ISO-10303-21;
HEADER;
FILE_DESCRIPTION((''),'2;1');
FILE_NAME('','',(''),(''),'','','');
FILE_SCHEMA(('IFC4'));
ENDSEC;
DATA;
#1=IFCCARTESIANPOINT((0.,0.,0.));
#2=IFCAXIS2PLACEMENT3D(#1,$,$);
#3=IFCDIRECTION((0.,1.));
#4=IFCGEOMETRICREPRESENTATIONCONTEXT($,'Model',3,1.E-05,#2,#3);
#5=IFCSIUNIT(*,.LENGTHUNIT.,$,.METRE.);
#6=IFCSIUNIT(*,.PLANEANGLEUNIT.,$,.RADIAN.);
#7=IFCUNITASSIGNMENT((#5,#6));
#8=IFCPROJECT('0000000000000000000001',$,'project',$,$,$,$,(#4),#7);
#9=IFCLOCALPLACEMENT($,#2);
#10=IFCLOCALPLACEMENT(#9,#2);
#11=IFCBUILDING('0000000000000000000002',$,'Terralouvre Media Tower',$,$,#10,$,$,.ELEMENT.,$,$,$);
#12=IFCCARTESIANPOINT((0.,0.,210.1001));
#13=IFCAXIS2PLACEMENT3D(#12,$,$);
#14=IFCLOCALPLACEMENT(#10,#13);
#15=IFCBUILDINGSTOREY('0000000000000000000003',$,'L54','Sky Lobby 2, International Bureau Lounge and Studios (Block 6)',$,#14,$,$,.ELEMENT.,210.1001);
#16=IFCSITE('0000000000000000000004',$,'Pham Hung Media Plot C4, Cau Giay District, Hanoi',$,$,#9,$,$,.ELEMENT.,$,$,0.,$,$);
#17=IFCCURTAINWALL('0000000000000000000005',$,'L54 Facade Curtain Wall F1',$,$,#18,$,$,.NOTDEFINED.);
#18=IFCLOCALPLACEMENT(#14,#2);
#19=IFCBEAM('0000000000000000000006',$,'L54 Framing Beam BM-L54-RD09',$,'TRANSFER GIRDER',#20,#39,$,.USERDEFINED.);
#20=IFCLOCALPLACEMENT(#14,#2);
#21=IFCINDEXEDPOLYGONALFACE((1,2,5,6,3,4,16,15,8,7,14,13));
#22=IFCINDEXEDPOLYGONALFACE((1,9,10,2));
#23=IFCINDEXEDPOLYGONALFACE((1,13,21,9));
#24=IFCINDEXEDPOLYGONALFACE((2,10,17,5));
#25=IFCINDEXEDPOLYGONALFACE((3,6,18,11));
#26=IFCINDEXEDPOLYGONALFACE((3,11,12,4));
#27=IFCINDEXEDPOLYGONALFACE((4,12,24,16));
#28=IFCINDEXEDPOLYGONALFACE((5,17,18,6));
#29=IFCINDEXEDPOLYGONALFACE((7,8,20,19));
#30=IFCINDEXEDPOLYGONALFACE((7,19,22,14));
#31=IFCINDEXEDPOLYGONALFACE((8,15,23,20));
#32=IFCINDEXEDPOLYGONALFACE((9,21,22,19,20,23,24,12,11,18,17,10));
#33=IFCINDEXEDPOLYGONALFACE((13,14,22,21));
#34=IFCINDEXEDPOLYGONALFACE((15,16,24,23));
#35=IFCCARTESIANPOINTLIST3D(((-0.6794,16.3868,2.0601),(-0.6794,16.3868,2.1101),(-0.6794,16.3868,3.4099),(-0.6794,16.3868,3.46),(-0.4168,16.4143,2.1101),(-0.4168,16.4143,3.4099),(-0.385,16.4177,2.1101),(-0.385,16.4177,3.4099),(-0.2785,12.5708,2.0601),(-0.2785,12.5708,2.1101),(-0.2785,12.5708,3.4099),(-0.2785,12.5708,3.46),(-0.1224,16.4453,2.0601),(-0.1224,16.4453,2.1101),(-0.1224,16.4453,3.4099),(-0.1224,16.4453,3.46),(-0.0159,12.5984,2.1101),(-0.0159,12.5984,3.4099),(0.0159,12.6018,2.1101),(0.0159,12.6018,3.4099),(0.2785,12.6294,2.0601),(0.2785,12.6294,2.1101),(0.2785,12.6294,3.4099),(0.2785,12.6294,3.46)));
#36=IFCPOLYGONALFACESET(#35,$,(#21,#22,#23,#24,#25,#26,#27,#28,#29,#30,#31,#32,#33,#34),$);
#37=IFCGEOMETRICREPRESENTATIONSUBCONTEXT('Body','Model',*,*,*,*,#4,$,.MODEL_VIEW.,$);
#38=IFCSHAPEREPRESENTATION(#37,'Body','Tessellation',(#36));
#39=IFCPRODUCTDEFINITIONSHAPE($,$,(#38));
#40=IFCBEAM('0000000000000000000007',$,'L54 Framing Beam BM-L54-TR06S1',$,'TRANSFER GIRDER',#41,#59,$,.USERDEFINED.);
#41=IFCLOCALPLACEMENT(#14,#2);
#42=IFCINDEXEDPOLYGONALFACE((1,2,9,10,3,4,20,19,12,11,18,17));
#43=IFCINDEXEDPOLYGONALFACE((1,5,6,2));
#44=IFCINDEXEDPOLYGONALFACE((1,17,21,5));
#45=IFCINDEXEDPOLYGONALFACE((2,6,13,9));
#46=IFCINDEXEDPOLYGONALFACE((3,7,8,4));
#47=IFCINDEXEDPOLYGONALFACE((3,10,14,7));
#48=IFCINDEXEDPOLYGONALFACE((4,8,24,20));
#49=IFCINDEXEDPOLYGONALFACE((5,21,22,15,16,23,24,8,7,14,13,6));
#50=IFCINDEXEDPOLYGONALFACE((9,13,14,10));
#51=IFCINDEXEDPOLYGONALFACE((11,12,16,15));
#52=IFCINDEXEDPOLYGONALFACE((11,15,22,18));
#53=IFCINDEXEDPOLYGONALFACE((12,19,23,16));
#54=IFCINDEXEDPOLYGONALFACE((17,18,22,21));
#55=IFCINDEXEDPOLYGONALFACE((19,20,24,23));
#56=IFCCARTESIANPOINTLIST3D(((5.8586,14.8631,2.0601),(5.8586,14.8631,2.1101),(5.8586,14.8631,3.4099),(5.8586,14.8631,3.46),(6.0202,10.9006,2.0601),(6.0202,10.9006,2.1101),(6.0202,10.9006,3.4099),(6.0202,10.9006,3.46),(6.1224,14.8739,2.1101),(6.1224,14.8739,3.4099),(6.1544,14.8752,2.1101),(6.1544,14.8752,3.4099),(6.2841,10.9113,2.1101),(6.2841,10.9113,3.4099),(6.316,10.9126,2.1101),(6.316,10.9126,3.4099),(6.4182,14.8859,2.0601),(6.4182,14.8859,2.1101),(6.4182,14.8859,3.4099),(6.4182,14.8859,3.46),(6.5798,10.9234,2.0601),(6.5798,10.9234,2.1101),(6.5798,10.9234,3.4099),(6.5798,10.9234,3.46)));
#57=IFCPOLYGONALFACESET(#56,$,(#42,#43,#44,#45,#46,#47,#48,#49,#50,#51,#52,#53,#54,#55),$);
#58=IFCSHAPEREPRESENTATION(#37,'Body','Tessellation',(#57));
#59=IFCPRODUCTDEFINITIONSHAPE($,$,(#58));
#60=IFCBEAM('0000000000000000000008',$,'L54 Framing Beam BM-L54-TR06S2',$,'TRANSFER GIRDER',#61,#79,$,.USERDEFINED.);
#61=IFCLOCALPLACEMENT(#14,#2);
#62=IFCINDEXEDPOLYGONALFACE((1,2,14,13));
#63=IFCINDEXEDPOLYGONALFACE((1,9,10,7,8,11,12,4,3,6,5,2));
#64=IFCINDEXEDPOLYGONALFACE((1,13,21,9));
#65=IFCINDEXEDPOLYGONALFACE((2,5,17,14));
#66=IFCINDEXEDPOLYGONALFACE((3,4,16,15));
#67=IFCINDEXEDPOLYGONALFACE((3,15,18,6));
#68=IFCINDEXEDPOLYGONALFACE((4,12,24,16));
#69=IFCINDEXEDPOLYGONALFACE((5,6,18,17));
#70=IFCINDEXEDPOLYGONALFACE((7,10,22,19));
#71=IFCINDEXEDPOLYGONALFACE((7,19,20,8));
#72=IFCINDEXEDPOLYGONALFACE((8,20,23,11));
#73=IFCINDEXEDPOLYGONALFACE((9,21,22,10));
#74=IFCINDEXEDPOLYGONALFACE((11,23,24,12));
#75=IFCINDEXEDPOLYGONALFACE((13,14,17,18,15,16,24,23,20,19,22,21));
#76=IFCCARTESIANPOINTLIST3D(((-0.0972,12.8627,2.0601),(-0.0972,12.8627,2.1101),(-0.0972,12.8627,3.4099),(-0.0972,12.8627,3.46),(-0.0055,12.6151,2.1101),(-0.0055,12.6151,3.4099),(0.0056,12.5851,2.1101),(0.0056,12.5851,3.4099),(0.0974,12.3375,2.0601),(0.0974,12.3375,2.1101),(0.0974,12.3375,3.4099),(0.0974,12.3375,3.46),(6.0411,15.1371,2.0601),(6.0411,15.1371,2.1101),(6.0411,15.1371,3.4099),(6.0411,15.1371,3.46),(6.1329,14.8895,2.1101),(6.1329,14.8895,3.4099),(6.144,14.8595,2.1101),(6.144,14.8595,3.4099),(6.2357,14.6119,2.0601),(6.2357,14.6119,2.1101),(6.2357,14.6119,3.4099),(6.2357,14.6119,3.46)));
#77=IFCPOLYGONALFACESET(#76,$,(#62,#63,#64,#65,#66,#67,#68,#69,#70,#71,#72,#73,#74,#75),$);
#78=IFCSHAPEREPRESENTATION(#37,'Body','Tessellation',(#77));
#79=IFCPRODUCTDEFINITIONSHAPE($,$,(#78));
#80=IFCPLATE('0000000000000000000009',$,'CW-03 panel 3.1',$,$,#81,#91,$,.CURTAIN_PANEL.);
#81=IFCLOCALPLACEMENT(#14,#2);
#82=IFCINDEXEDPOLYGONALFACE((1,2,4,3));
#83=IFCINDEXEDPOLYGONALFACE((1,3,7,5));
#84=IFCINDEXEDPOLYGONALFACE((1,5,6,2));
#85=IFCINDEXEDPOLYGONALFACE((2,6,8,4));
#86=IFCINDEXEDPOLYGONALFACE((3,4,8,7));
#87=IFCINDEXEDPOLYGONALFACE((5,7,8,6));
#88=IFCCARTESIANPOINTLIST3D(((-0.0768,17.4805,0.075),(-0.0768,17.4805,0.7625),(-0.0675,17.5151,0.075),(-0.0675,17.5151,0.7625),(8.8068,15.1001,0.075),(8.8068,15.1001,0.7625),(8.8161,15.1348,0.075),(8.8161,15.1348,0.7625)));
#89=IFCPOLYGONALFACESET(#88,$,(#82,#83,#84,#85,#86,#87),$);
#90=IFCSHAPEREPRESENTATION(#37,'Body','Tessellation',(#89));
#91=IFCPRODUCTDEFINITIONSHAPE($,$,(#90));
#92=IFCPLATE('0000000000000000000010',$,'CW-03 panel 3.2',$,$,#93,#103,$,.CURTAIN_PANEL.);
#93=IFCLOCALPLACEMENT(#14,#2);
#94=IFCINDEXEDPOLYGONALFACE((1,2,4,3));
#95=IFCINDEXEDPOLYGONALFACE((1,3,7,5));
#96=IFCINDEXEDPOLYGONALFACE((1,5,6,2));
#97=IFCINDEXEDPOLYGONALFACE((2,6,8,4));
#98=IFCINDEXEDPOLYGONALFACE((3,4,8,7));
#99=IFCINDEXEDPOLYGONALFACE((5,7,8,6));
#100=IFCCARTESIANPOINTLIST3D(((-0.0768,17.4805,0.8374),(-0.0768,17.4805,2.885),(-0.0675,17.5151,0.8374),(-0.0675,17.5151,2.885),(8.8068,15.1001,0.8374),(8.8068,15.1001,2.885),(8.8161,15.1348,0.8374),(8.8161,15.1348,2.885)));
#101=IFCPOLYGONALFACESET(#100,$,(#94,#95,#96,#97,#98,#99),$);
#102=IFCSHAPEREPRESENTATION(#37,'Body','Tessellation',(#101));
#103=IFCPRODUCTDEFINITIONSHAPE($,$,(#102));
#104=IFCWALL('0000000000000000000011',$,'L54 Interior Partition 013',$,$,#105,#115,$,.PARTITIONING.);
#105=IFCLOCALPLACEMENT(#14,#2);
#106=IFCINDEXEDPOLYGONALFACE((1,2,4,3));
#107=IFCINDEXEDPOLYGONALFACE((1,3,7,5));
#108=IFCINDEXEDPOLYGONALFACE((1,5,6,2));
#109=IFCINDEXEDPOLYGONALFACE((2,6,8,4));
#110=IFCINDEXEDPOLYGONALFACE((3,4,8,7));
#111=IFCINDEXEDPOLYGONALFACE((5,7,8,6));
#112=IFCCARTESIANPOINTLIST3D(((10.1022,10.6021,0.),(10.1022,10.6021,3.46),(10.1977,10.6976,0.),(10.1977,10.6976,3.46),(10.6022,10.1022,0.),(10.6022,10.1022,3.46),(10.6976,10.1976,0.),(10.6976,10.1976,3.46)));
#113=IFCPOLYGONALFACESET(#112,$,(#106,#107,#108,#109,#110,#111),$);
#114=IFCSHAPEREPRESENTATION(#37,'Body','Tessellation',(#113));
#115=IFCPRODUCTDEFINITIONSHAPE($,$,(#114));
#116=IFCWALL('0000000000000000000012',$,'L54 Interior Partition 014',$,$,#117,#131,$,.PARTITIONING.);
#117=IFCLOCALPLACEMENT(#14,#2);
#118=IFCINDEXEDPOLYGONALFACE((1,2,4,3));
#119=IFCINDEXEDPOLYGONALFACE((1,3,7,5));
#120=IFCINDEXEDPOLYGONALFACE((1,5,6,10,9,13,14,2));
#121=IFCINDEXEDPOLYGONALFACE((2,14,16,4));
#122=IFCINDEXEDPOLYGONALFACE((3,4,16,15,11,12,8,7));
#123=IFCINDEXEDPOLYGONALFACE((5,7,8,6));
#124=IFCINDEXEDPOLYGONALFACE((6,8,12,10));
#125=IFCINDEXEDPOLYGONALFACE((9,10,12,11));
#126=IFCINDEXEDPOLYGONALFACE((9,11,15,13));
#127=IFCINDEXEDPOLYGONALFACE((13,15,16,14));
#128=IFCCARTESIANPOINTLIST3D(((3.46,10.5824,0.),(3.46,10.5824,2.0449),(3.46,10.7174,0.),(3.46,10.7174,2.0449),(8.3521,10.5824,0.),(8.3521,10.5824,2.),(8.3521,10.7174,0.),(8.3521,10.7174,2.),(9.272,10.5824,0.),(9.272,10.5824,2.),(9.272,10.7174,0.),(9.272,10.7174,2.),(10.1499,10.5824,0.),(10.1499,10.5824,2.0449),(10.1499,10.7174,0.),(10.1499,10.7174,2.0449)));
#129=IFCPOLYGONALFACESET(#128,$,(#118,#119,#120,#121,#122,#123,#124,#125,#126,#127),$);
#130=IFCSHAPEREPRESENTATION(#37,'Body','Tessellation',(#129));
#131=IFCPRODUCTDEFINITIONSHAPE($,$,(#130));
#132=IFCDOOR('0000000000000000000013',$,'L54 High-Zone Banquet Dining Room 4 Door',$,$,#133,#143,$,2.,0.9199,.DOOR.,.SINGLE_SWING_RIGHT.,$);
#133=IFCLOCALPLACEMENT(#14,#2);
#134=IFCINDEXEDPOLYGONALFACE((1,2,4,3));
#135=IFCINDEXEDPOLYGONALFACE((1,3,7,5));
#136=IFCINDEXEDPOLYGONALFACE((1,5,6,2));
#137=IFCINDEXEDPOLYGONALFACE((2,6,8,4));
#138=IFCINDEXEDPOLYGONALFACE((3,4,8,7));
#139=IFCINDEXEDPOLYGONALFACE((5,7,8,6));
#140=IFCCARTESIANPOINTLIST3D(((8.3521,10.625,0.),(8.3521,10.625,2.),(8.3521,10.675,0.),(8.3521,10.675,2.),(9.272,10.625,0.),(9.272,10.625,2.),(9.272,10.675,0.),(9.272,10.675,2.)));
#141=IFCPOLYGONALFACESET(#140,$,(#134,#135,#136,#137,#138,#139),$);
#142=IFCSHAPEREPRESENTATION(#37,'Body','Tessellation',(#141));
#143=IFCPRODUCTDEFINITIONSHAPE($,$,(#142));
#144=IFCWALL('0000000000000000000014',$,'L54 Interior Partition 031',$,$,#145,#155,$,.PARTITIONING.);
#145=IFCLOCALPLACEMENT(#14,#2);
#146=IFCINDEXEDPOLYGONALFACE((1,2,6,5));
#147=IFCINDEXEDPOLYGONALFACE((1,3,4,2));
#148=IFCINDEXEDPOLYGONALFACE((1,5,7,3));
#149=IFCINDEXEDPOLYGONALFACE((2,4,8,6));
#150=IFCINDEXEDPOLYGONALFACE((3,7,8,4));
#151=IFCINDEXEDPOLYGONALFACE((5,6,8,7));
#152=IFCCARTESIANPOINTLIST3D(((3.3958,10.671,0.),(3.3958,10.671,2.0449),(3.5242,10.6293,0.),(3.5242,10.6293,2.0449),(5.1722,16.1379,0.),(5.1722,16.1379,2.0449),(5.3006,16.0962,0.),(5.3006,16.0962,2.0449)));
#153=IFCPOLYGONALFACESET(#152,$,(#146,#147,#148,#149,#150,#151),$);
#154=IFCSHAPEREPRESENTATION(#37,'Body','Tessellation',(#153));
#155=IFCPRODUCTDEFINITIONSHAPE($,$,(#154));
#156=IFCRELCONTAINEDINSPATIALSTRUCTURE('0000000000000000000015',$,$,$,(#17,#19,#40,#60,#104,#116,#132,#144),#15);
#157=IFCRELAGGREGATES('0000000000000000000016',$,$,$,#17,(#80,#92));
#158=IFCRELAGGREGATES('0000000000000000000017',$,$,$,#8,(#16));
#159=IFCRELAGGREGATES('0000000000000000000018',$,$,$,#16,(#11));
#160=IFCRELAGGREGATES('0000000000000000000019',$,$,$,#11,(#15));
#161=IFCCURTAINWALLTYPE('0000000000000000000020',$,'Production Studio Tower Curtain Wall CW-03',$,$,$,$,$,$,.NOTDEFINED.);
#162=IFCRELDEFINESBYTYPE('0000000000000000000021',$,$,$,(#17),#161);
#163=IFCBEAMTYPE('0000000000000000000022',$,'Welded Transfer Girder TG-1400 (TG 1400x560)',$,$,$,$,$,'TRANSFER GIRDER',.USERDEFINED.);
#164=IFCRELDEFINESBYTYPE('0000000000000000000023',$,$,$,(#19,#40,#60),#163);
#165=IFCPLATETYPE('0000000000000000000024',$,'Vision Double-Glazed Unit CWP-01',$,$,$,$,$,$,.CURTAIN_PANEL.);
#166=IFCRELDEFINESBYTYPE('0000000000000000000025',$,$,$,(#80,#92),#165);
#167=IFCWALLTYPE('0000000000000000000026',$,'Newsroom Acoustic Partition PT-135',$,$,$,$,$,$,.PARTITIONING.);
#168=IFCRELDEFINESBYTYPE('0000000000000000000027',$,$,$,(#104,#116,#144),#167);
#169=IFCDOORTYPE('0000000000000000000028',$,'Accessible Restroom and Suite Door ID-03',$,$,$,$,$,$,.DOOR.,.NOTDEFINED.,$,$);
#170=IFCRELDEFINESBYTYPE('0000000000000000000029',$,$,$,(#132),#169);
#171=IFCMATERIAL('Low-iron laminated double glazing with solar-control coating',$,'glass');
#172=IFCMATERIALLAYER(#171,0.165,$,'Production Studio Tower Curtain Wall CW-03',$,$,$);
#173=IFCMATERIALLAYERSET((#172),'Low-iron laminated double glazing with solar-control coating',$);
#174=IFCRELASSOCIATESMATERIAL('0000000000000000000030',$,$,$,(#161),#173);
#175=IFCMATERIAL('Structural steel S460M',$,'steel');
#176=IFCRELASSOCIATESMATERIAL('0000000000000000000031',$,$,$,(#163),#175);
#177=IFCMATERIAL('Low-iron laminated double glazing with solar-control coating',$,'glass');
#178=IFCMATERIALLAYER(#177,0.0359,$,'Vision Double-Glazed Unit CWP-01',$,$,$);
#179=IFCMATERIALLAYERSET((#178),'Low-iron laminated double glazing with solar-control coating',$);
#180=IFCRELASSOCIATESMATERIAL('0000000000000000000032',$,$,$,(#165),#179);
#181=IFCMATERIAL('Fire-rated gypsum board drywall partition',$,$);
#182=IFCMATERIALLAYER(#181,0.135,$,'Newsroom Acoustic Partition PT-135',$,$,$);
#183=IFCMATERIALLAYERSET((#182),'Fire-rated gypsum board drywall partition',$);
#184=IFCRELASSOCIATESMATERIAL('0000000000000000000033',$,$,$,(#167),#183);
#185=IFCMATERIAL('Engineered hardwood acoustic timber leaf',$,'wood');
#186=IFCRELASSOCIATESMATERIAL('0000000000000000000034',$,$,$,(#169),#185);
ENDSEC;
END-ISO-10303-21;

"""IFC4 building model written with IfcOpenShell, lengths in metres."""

from ifc_helpers import new_model, si_unit, direction, frame, frame_2d, origin, origin_2d, place, context, subcontext, project, spatial, rectangle, i_section, extrude, material, layer, layer_set, material_profile, profile_set, type_object, element, fill, aggregate, save


model = new_model("IFC4")

# Units and contexts
model_context = context("Model", 3, precision=1e-05, world=origin(), true_north=direction((0.0, 1.0)))
body_context = subcontext(model_context, "Body", "Model", "MODEL_VIEW")
ifc_project = project(units=[si_unit("LENGTHUNIT", "METRE"), si_unit("PLANEANGLEUNIT", "RADIAN")], contexts=[model_context])

# Site, building, storey
site_placement = place(None, origin())
site = spatial("IfcSite", under=ifc_project, at=site_placement, Name="Pham Hung Media Plot C4, Cau Giay District, Hanoi", CompositionType="ELEMENT", RefElevation=0.0)
building_placement = place(site_placement, origin())
building = spatial("IfcBuilding", under=site, at=building_placement, Name="Terralouvre Media Tower", CompositionType="ELEMENT")
storey_placement = place(building_placement, frame((0.0, 0.0, 210.1001)))
storey = spatial("IfcBuildingStorey", under=building, at=storey_placement, Name="L54", Description="Sky Lobby 2, International Bureau Lounge and Studios (Block 6)", CompositionType="ELEMENT", Elevation=210.1001)

# Curtain wall
ifc_material_1 = material(Name="Low-iron laminated double glazing with solar-control coating", Category="glass")
ifc_layer_1 = layer(ifc_material_1, 0.165, Name="Production Studio Tower Curtain Wall CW-03")
ifc_layer_set_1 = layer_set([ifc_layer_1], Name="Low-iron laminated double glazing with solar-control coating")
curtain_wall_type = type_object("IfcCurtainWallType", Name="Production Studio Tower Curtain Wall CW-03", PredefinedType="NOTDEFINED", material=ifc_layer_set_1)
curtain_wall_placement = place(storey_placement, origin())
curtain_wall = element("IfcCurtainWall", 1, at=curtain_wall_placement, inside=storey, type_object=curtain_wall_type, Name="L54 Facade Curtain Wall F1", PredefinedType="NOTDEFINED")

# Beams
ifc_material_2 = material(Name="Structural steel S460M", Category="steel")
ifc_material_profile_1 = material_profile(ifc_material_2, i_section(OverallWidth=0.5601, OverallDepth=1.3999, WebThickness=0.032, FlangeThickness=0.05, at=origin_2d()), Name="TG 1400x560")
ifc_profile_set_1 = profile_set([ifc_material_profile_1], Name="Structural steel S460M")
beam_type_1 = type_object("IfcBeamType", Name="Welded Transfer Girder TG-1400 (TG 1400x560)", ElementType="TRANSFER GIRDER", PredefinedType="USERDEFINED", material=ifc_profile_set_1)
beam_1_placement = place(storey_placement, frame((0.0, 12.6001, 2.76), z_axis=(-0.104479, 0.994527, 0.0), x_axis=(-0.994527, -0.104479, 0.0)))
element("IfcBeam", 2, at=beam_1_placement, inside=storey, type_object=beam_type_1, Name="L54 Framing Beam BM-L54-RD09", ObjectType="TRANSFER GIRDER", PredefinedType="USERDEFINED", context=body_context, shape_type="SweptSolid", body=[
    extrude(i_section(OverallWidth=0.5601, OverallDepth=1.3999, WebThickness=0.032, FlangeThickness=0.05, at=origin_2d()), origin(), (0.0, 0.0, 1.0), 3.8369),
])
beam_2_placement = place(storey_placement, frame((6.1384, 14.8745, 2.76), z_axis=(0.040752, -0.999169, 0.0), x_axis=(0.999169, 0.040752, 0.0)))
element("IfcBeam", 3, at=beam_2_placement, inside=storey, type_object=beam_type_1, Name="L54 Framing Beam BM-L54-TR06S1", ObjectType="TRANSFER GIRDER", PredefinedType="USERDEFINED", context=body_context, shape_type="SweptSolid", body=[
    extrude(i_section(OverallWidth=0.5601, OverallDepth=1.3999, WebThickness=0.032, FlangeThickness=0.05, at=origin_2d()), origin(), (0.0, 0.0, 1.0), 3.9658),
])
beam_3_placement = place(storey_placement, frame((6.1384, 14.8745, 2.76), z_axis=(-0.937703, -0.347438, 0.0), x_axis=(0.347438, -0.937703, 0.0)))
element("IfcBeam", 4, at=beam_3_placement, inside=storey, type_object=beam_type_1, Name="L54 Framing Beam BM-L54-TR06S2", ObjectType="TRANSFER GIRDER", PredefinedType="USERDEFINED", context=body_context, shape_type="SweptSolid", body=[
    extrude(i_section(OverallWidth=0.5601, OverallDepth=1.3999, WebThickness=0.032, FlangeThickness=0.05, at=origin_2d()), origin(), (0.0, 0.0, 1.0), 6.5461),
])

# Plates
ifc_material_3 = material(Name="Low-iron laminated double glazing with solar-control coating", Category="glass")
ifc_layer_2 = layer(ifc_material_3, 0.0359, Name="Vision Double-Glazed Unit CWP-01")
ifc_layer_set_2 = layer_set([ifc_layer_2], Name="Low-iron laminated double glazing with solar-control coating")
plate_type = type_object("IfcPlateType", Name="Vision Double-Glazed Unit CWP-01", PredefinedType="CURTAIN_PANEL", material=ifc_layer_set_2)
plate_1_placement = place(storey_placement, frame((4.3696, 16.3076, 0.075), z_axis=(0.0, 0.0, 1.0), x_axis=(-0.965926, 0.258819, 0.0)))
plate_1 = element("IfcPlate", 5, at=plate_1_placement, type_object=plate_type, Name="CW-03 panel 3.1", PredefinedType="CURTAIN_PANEL", context=body_context, shape_type="SweptSolid", body=[
    extrude(rectangle(XDim=9.197, YDim=0.0359, at=origin_2d()), origin(), (0.0, 0.0, 1.0), 0.6875),
])
plate_2_placement = place(storey_placement, frame((4.3696, 16.3076, 0.8374), z_axis=(0.0, 0.0, 1.0), x_axis=(-0.965926, 0.258819, 0.0)))
plate_2 = element("IfcPlate", 6, at=plate_2_placement, type_object=plate_type, Name="CW-03 panel 3.2", PredefinedType="CURTAIN_PANEL", context=body_context, shape_type="SweptSolid", body=[
    extrude(rectangle(XDim=9.197, YDim=0.0359, at=origin_2d()), origin(), (0.0, 0.0, 1.0), 2.0476),
])
aggregate(curtain_wall, [plate_1, plate_2])

# Wall
ifc_material_4 = material(Name="Fire-rated gypsum board drywall partition")
ifc_layer_3 = layer(ifc_material_4, 0.135, Name="Newsroom Acoustic Partition PT-135")
ifc_layer_set_3 = layer_set([ifc_layer_3], Name="Fire-rated gypsum board drywall partition")
wall_type_1 = type_object("IfcWallType", Name="Newsroom Acoustic Partition PT-135", PredefinedType="PARTITIONING", material=ifc_layer_set_3)
wall_1_placement = place(storey_placement, frame((10.6499, 10.1499, 0.0), z_axis=(0.0, 0.0, 1.0), x_axis=(-0.707107, 0.707107, 0.0)))
element("IfcWall", 7, at=wall_1_placement, inside=storey, type_object=wall_type_1, Name="L54 Interior Partition 013", PredefinedType="PARTITIONING", context=body_context, shape_type="SweptSolid", body=[
    extrude(rectangle(XDim=0.707, YDim=0.135, at=frame_2d((0.3535, 0.0))), origin(), (0.0, 0.0, 1.0), 3.46),
])

# Wall, opening, door
wall_2_placement = place(storey_placement, frame((10.1499, 10.6499, 0.0), z_axis=(0.0, 0.0, 1.0), x_axis=(-1.0, 0.0, 0.0)))
wall_2 = element("IfcWall", 8, at=wall_2_placement, inside=storey, type_object=wall_type_1, Name="L54 Interior Partition 014", PredefinedType="PARTITIONING", context=body_context, shape_type="SweptSolid", body=[
    extrude(rectangle(XDim=6.6899, YDim=0.135, at=frame_2d((3.345, 0.0))), origin(), (0.0, 0.0, 1.0), 2.0449),
])
opening_1_placement = place(wall_2_placement, frame((0.8779, 0.0, 0.0)))
opening_1 = element("IfcOpeningElement", 9, at=opening_1_placement, cuts=wall_2, PredefinedType="OPENING", context=body_context, shape_type="SweptSolid", body=[
    extrude(rectangle(XDim=0.9199, YDim=2.0, at=frame_2d((0.46, 1.0))), frame((0.0, 0.0774, 0.0), z_axis=(0.0, -1.0, 0.0), x_axis=(1.0, 0.0, 0.0)), (0.0, 0.0, 1.0), 0.155),
])
ifc_material_5 = material(Name="Engineered hardwood acoustic timber leaf", Category="wood")
door_type_1 = type_object("IfcDoorType", Name="Accessible Restroom and Suite Door ID-03", OperationType="NOTDEFINED", PredefinedType="DOOR", material=ifc_material_5)
door_1_placement = place(opening_1_placement, origin())
door_1 = element("IfcDoor", 10, at=door_1_placement, inside=storey, type_object=door_type_1, Name="L54 High-Zone Banquet Dining Room 4 Door", OperationType="SINGLE_SWING_RIGHT", OverallHeight=2.0, OverallWidth=0.9199, PredefinedType="DOOR", context=body_context, shape_type="SweptSolid", body=[
    extrude(rectangle(XDim=0.9199, YDim=2.0, at=frame_2d((0.46, 1.0))), frame((0.0, 0.0249, 0.0), z_axis=(0.0, -1.0, 0.0), x_axis=(1.0, 0.0, 0.0)), (0.0, 0.0, 1.0), 0.05),
])
fill(opening_1, door_1)

# Wall
wall_3_placement = place(storey_placement, frame((5.2363, 16.1169, 0.0), z_axis=(0.0, 0.0, 1.0), x_axis=(-0.30902, -0.951056, 0.0)))
element("IfcWall", 11, at=wall_3_placement, inside=storey, type_object=wall_type_1, Name="L54 Interior Partition 031", PredefinedType="PARTITIONING", context=body_context, shape_type="SweptSolid", body=[
    extrude(rectangle(XDim=5.7483, YDim=0.135, at=frame_2d((2.874, 0.0))), origin(), (0.0, 0.0, 1.0), 2.0449),
])

save(model, "model.ifc")
